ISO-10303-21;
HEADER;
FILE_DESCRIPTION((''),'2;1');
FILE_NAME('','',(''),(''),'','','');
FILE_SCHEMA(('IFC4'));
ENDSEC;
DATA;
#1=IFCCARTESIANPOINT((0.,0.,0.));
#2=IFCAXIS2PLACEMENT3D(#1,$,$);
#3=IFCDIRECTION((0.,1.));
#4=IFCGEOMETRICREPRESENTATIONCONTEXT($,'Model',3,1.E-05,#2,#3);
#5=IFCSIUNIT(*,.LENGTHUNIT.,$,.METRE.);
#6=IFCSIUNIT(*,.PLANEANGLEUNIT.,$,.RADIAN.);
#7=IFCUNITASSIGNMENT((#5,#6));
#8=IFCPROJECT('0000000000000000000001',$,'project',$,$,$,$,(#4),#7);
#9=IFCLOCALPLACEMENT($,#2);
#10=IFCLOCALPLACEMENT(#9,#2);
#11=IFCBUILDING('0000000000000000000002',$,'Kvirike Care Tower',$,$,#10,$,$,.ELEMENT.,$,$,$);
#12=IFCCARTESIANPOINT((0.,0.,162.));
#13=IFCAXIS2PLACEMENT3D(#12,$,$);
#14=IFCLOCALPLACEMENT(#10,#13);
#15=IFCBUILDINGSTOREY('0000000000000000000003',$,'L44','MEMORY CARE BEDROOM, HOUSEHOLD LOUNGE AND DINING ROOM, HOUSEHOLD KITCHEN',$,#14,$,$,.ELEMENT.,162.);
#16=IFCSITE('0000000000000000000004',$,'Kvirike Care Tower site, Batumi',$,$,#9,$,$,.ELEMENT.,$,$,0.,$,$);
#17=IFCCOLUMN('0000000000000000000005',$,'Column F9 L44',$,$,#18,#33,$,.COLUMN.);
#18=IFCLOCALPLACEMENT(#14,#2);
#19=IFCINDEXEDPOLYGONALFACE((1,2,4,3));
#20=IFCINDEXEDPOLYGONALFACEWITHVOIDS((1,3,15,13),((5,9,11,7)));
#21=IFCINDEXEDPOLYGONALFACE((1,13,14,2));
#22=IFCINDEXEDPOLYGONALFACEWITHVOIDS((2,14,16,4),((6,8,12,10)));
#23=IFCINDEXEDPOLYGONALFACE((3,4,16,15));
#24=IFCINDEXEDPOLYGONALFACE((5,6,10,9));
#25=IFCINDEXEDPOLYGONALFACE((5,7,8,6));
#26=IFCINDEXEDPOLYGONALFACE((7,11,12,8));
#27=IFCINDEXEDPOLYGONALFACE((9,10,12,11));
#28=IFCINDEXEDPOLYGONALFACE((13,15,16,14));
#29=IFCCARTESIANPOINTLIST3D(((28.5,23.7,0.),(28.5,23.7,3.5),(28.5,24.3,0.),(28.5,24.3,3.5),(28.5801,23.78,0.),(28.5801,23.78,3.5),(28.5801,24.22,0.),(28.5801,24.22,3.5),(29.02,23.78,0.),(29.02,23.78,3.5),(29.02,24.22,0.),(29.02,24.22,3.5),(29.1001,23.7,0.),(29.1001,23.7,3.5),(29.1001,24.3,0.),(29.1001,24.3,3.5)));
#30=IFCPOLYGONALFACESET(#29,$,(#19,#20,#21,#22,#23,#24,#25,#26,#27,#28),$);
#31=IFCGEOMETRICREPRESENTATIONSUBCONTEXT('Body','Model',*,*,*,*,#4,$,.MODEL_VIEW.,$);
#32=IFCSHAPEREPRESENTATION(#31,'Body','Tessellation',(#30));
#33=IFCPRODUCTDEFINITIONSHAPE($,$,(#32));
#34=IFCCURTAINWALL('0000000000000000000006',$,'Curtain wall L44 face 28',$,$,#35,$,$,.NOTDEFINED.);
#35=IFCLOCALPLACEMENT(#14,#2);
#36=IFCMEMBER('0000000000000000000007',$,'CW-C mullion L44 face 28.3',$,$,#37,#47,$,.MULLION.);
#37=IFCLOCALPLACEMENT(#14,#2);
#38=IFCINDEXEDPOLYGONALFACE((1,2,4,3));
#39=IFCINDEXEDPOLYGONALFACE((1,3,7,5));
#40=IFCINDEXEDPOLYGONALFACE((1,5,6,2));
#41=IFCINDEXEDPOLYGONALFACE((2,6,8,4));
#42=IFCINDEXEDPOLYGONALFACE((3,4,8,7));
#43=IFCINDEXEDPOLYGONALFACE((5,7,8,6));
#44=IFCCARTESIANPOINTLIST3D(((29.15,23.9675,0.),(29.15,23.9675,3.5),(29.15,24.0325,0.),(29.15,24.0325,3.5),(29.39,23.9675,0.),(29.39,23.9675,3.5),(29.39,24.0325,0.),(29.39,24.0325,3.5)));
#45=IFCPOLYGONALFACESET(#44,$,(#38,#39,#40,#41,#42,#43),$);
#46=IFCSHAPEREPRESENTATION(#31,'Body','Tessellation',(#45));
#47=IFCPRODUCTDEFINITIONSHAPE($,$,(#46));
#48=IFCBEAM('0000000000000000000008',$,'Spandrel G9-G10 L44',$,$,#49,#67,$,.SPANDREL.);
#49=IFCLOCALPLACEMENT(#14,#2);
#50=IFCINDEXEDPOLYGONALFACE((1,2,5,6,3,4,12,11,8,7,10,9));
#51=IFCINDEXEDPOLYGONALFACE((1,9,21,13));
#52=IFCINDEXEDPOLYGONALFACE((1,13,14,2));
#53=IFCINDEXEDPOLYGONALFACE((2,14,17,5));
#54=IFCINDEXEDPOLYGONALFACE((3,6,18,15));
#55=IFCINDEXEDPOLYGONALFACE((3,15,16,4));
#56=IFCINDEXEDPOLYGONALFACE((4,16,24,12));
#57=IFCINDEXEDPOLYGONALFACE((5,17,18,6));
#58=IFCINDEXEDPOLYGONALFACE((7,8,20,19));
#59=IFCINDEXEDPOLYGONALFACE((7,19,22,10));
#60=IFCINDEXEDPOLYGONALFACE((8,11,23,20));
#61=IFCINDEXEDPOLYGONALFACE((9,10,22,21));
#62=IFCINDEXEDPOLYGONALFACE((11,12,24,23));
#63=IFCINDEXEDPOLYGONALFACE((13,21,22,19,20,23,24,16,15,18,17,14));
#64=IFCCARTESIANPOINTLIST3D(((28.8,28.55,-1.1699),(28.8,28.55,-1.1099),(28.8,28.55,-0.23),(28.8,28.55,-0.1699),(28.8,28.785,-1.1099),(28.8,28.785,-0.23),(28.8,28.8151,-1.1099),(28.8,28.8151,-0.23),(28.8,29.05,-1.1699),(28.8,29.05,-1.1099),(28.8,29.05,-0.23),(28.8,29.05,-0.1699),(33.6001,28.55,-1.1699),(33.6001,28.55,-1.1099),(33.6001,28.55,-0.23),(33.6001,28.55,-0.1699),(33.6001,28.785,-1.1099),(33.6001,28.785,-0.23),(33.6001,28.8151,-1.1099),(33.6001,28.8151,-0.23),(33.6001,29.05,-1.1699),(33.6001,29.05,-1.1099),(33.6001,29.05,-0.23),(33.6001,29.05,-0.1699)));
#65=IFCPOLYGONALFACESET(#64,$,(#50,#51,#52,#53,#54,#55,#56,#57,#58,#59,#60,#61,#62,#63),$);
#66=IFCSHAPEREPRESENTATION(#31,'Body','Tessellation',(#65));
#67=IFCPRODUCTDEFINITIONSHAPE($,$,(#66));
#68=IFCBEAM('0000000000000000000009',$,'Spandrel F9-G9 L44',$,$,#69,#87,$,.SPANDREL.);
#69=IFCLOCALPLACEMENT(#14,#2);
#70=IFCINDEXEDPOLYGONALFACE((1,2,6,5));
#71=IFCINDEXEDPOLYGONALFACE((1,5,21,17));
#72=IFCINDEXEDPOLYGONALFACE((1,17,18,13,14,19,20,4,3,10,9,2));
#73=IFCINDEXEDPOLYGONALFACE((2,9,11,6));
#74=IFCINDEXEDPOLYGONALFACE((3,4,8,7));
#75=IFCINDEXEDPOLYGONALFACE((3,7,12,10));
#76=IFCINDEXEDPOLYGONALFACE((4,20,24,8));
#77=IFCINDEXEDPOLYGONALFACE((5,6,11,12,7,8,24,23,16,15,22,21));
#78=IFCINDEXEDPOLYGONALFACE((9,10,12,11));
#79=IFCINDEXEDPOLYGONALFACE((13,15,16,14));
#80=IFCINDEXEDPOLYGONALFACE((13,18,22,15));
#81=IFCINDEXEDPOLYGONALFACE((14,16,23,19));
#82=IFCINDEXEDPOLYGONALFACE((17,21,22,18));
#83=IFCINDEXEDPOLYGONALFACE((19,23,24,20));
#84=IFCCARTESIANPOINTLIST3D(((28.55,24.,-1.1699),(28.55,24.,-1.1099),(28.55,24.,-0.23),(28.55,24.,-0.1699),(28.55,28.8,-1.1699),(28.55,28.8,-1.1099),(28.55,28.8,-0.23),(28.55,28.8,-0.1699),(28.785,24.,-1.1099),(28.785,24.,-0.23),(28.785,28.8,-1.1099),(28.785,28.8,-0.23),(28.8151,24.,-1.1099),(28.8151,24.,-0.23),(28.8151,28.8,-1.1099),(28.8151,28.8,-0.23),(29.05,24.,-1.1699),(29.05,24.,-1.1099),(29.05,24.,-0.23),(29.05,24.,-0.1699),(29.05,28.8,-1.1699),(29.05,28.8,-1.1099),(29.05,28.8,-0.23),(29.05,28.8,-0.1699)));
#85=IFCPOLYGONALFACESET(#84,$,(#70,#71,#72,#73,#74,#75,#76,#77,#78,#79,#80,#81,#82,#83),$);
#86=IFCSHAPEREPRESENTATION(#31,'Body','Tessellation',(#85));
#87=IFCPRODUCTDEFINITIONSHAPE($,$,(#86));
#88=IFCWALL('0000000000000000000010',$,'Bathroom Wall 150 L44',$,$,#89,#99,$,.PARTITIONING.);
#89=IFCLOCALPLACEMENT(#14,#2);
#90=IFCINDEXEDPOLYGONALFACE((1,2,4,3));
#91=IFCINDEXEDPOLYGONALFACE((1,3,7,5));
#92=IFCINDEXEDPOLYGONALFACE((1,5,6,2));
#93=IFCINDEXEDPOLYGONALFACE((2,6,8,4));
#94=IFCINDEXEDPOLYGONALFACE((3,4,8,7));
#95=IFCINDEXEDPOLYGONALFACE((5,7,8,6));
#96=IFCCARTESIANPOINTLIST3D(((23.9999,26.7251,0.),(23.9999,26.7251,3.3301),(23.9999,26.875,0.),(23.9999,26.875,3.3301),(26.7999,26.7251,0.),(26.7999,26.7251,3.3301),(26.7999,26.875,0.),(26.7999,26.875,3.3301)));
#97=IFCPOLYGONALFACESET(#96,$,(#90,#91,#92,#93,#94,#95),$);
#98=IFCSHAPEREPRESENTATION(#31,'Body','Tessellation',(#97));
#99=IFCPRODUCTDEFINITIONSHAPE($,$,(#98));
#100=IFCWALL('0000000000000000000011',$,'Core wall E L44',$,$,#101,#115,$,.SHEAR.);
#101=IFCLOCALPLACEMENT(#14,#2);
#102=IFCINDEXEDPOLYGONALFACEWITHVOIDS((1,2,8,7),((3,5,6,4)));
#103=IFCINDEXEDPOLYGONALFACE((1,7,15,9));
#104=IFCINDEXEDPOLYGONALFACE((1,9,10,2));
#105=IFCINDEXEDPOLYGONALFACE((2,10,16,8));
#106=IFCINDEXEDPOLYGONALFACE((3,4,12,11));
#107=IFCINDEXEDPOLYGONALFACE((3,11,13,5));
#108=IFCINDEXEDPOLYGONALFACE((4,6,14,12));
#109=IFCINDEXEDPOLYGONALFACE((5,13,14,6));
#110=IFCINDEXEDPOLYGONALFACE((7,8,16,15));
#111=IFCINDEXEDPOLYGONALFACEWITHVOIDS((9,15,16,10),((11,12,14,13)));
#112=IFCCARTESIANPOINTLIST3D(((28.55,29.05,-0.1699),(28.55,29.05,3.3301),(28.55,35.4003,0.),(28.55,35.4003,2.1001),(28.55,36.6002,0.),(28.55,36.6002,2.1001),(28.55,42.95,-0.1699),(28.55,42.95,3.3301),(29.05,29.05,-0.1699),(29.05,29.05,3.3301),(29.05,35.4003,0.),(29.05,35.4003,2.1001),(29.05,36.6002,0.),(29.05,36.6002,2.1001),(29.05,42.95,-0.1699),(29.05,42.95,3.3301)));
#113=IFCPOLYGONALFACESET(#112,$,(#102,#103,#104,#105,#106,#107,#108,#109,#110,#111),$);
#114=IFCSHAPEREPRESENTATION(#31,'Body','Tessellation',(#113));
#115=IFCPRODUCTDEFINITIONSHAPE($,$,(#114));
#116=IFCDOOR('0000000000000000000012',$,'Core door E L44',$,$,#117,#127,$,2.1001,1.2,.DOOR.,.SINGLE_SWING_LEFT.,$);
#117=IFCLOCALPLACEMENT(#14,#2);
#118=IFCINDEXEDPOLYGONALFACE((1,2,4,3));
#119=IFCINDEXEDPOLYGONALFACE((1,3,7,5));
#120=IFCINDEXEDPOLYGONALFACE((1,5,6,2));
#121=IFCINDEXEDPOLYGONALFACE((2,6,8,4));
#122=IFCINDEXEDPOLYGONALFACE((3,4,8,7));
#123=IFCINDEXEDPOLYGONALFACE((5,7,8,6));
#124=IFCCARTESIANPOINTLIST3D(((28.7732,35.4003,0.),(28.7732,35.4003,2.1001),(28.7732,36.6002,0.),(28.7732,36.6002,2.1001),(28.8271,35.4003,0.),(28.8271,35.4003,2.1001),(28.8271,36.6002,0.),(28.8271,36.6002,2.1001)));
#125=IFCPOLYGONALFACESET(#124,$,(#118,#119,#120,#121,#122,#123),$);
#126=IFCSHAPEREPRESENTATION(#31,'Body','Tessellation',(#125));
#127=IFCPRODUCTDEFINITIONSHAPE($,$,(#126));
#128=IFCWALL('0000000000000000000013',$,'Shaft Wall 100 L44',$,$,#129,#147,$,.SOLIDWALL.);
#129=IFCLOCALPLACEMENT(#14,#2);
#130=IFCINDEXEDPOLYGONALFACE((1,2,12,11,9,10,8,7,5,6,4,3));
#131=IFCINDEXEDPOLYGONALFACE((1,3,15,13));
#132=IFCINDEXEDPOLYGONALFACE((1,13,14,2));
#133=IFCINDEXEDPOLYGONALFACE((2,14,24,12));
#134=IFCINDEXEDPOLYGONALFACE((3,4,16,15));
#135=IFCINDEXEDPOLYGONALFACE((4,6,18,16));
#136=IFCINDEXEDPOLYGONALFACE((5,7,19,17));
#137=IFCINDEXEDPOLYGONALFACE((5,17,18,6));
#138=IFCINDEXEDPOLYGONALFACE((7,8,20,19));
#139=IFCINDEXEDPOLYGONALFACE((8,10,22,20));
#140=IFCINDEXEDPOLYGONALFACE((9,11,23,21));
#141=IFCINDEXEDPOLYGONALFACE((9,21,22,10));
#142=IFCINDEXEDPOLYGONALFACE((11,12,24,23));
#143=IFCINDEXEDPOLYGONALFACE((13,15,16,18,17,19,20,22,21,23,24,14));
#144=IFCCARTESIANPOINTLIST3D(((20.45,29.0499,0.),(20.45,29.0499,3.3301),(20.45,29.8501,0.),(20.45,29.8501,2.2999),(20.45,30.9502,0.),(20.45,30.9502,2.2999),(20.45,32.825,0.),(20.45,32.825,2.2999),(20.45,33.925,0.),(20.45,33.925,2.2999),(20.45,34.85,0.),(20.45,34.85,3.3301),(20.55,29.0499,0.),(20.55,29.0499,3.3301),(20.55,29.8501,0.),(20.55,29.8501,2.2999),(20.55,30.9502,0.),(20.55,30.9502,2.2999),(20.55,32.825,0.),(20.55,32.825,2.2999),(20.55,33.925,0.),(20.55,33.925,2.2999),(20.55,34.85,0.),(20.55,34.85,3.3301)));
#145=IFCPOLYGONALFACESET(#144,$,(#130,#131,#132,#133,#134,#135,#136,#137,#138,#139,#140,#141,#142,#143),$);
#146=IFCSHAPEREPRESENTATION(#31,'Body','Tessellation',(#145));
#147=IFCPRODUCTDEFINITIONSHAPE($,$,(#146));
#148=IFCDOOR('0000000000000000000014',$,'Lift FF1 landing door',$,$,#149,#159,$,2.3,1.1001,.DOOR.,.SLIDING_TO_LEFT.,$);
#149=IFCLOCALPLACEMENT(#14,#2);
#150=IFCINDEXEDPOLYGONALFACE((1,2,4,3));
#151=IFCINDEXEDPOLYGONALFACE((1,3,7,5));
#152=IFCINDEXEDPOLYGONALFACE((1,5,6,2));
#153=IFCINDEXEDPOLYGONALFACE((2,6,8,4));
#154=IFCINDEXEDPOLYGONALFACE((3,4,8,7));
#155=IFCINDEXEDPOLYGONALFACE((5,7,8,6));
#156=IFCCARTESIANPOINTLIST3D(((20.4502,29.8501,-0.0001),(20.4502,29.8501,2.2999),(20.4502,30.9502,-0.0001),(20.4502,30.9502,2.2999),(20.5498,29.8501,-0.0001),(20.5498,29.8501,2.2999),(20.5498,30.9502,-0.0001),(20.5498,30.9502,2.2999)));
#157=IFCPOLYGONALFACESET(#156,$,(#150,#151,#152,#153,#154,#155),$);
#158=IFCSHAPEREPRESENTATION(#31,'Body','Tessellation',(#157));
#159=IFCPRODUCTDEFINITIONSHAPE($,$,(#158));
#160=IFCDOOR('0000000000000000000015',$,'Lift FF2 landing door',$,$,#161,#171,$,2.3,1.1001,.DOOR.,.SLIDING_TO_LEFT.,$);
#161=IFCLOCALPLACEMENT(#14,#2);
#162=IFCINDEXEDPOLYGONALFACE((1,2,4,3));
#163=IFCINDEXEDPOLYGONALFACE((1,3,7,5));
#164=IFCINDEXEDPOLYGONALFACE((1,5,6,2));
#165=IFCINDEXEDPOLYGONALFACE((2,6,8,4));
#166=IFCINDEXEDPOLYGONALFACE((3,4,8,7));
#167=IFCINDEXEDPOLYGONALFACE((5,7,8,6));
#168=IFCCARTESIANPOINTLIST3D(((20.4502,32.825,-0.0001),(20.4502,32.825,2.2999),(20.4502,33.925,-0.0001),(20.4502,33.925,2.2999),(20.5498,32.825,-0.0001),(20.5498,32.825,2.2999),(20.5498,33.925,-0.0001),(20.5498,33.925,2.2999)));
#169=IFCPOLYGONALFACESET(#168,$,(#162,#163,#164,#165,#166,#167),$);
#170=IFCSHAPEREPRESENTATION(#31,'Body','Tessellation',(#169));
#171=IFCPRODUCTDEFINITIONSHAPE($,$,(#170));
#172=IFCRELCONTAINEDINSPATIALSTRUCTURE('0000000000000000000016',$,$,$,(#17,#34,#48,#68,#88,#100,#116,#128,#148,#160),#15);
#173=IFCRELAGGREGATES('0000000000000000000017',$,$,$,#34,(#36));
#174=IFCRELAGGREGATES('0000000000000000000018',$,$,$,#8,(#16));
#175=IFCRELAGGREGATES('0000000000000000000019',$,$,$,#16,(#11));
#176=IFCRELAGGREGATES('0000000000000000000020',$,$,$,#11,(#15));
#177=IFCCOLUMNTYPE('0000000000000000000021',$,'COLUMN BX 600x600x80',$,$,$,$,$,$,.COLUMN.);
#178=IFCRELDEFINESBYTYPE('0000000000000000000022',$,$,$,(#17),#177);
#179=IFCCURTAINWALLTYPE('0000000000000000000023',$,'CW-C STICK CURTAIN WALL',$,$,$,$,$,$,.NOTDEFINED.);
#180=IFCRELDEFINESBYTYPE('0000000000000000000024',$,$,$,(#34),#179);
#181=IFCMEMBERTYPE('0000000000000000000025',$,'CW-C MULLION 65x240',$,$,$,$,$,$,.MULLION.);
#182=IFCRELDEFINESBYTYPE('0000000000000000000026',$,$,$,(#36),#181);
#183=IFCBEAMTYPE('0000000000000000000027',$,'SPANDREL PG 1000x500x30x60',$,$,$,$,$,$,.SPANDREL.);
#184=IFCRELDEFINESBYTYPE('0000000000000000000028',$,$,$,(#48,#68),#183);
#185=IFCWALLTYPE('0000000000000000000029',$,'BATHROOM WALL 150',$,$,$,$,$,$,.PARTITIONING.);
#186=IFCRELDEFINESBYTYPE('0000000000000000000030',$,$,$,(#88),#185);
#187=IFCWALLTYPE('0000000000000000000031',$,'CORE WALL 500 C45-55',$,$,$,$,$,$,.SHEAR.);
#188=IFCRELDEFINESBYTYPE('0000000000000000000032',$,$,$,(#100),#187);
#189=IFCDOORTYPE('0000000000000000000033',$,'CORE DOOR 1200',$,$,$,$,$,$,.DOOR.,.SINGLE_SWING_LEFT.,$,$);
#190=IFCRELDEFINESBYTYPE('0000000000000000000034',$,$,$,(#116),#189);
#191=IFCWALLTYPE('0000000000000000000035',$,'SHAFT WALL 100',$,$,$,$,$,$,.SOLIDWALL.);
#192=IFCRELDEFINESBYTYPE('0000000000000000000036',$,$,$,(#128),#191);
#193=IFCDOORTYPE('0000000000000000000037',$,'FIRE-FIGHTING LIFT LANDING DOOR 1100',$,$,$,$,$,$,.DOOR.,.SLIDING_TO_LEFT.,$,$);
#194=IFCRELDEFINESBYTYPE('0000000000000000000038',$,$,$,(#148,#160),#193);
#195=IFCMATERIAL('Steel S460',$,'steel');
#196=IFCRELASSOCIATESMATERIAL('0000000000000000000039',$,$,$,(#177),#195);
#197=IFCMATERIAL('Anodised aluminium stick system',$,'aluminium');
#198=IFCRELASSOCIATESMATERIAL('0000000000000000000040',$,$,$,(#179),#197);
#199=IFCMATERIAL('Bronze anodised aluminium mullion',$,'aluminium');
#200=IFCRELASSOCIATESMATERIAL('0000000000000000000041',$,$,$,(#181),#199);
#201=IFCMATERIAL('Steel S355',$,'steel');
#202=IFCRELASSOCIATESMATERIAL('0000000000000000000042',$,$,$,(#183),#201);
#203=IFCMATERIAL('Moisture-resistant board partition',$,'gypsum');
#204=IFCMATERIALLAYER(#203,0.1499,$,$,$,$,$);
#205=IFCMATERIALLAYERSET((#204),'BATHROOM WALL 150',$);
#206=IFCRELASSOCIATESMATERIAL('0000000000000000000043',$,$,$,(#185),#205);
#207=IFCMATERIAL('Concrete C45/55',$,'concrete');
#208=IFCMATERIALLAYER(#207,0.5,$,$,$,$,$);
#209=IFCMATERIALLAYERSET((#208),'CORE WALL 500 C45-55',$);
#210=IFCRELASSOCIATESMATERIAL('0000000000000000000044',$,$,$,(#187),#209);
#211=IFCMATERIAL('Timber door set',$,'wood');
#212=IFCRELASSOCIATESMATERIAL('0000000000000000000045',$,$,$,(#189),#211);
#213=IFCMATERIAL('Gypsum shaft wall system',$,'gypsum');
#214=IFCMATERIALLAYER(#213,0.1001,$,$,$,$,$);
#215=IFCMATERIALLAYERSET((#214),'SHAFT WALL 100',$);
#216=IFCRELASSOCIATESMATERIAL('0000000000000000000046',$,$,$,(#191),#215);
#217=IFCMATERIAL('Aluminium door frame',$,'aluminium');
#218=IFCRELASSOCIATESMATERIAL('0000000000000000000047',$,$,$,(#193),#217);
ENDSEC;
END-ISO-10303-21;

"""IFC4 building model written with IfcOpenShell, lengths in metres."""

from ifc_helpers import new_model, si_unit, direction, frame, frame_2d, origin, origin_2d, place, context, subcontext, project, spatial, rectangle, hollow_rectangle, i_section, extrude, material, layer, layer_set, material_profile, profile_set, type_object, element, fill, aggregate, save


model = new_model("IFC4")

# Units and contexts
model_context = context("Model", 3, precision=1e-05, world=origin(), true_north=direction((0.0, 1.0)))
body_context = subcontext(model_context, "Body", "Model", "MODEL_VIEW")
ifc_project = project(units=[si_unit("LENGTHUNIT", "METRE"), si_unit("PLANEANGLEUNIT", "RADIAN")], contexts=[model_context])

# Site, building, storey
site_placement = place(None, origin())
site = spatial("IfcSite", under=ifc_project, at=site_placement, Name="Kvirike Care Tower site, Batumi", CompositionType="ELEMENT", RefElevation=0.0)
building_placement = place(site_placement, origin())
building = spatial("IfcBuilding", under=site, at=building_placement, Name="Kvirike Care Tower", CompositionType="ELEMENT")
storey_placement = place(building_placement, frame((0.0, 0.0, 162.0)))
storey = spatial("IfcBuildingStorey", under=building, at=storey_placement, Name="L44", Description="MEMORY CARE BEDROOM, HOUSEHOLD LOUNGE AND DINING ROOM, HOUSEHOLD KITCHEN", CompositionType="ELEMENT", Elevation=162.0)

# Column
ifc_material_1 = material(Name="Steel S460", Category="steel")
ifc_material_profile_1 = material_profile(ifc_material_1, hollow_rectangle(XDim=0.6001, YDim=0.6001, WallThickness=0.0801, at=origin_2d()), Name="BX 600x600x80")
ifc_profile_set_1 = profile_set([ifc_material_profile_1], Name="Steel S460")
column_type = type_object("IfcColumnType", Name="COLUMN BX 600x600x80", PredefinedType="COLUMN", material=ifc_profile_set_1)
column_placement = place(storey_placement, frame((28.8, 24.0, 0.0), z_axis=(0.0, 0.0, 1.0), x_axis=(1.0, 0.0, 0.0)))
element("IfcColumn", 1, at=column_placement, inside=storey, type_object=column_type, Name="Column F9 L44", PredefinedType="COLUMN", context=body_context, shape_type="SweptSolid", body=[
    extrude(hollow_rectangle(XDim=0.6001, YDim=0.6001, WallThickness=0.0801, at=origin_2d()), origin(), (0.0, 0.0, 1.0), 3.5),
])

# Curtain wall, member
ifc_material_2 = material(Name="Anodised aluminium stick system", Category="aluminium")
curtain_wall_type = type_object("IfcCurtainWallType", Name="CW-C STICK CURTAIN WALL", PredefinedType="NOTDEFINED", material=ifc_material_2)
curtain_wall_placement = place(storey_placement, origin())
curtain_wall = element("IfcCurtainWall", 2, at=curtain_wall_placement, inside=storey, type_object=curtain_wall_type, Name="Curtain wall L44 face 28", PredefinedType="NOTDEFINED")
ifc_material_3 = material(Name="Bronze anodised aluminium mullion", Category="aluminium")
ifc_material_profile_2 = material_profile(ifc_material_3, rectangle(XDim=0.0649, YDim=0.24, at=origin_2d()), Name="CW-C MULLION 65x240")
ifc_profile_set_2 = profile_set([ifc_material_profile_2], Name="Bronze anodised aluminium mullion")
member_type = type_object("IfcMemberType", Name="CW-C MULLION 65x240", PredefinedType="MULLION", material=ifc_profile_set_2)
member_placement = place(storey_placement, frame((29.27, 24.0, 0.0), z_axis=(0.0, 0.0, 1.0), x_axis=(0.0, 1.0, 0.0)))
member = element("IfcMember", 3, at=member_placement, type_object=member_type, Name="CW-C mullion L44 face 28.3", PredefinedType="MULLION", context=body_context, shape_type="SweptSolid", body=[
    extrude(rectangle(XDim=0.0649, YDim=0.24, at=origin_2d()), origin(), (0.0, 0.0, 1.0), 3.5),
])
aggregate(curtain_wall, [member])

# Beams
ifc_material_4 = material(Name="Steel S355", Category="steel")
ifc_material_profile_3 = material_profile(ifc_material_4, i_section(OverallWidth=0.5, OverallDepth=1.0, WebThickness=0.03, FlangeThickness=0.0601, at=origin_2d()), Name="PG 1000x500x30x60")
ifc_profile_set_3 = profile_set([ifc_material_profile_3], Name="Steel S355")
beam_type = type_object("IfcBeamType", Name="SPANDREL PG 1000x500x30x60", PredefinedType="SPANDREL", material=ifc_profile_set_3)
for number, where, z_axis, x_axis, name in (
    (4, (28.8, 28.8, -0.6699), (1.0, 0.0, 0.0), (0.0, 1.0, 0.0), "Spandrel G9-G10 L44"),
    (5, (28.8, 24.0, -0.6699), (0.0, 1.0, 0.0), (-1.0, 0.0, 0.0), "Spandrel F9-G9 L44"),
):
    element("IfcBeam", number, at=place(storey_placement, frame(where, z_axis=z_axis, x_axis=x_axis)), inside=storey, type_object=beam_type, Name=name, PredefinedType="SPANDREL", context=body_context, shape_type="SweptSolid", body=[
        extrude(i_section(OverallWidth=0.5, OverallDepth=1.0, WebThickness=0.03, FlangeThickness=0.0601, at=origin_2d()), origin(), (0.0, 0.0, 1.0), 4.8),
    ])

# Wall
ifc_material_5 = material(Name="Moisture-resistant board partition", Category="gypsum")
ifc_layer_1 = layer(ifc_material_5, 0.1499)
ifc_layer_set_1 = layer_set([ifc_layer_1], Name="BATHROOM WALL 150")
wall_type_1 = type_object("IfcWallType", Name="BATHROOM WALL 150", PredefinedType="PARTITIONING", material=ifc_layer_set_1)
wall_1_placement = place(storey_placement, frame((24.0, 26.8, 0.0), z_axis=(0.0, 0.0, 1.0), x_axis=(1.0, 0.0, 0.0)))
element("IfcWall", 6, at=wall_1_placement, inside=storey, type_object=wall_type_1, Name="Bathroom Wall 150 L44", PredefinedType="PARTITIONING", context=body_context, shape_type="SweptSolid", body=[
    extrude(rectangle(XDim=2.8, YDim=0.1499, at=frame_2d((1.3999, 0.0))), origin(), (0.0, 0.0, 1.0), 3.3301),
])

# Wall, opening, door
ifc_material_6 = material(Name="Concrete C45/55", Category="concrete")
ifc_layer_2 = layer(ifc_material_6, 0.5)
ifc_layer_set_2 = layer_set([ifc_layer_2], Name="CORE WALL 500 C45-55")
wall_type_2 = type_object("IfcWallType", Name="CORE WALL 500 C45-55", PredefinedType="SHEAR", material=ifc_layer_set_2)
wall_2_placement = place(storey_placement, frame((28.8, 29.05, -0.1699), z_axis=(0.0, 0.0, 1.0), x_axis=(0.0, 1.0, 0.0)))
wall_2 = element("IfcWall", 7, at=wall_2_placement, inside=storey, type_object=wall_type_2, Name="Core wall E L44", PredefinedType="SHEAR", context=body_context, shape_type="SweptSolid", body=[
    extrude(rectangle(XDim=13.8999, YDim=0.5, at=frame_2d((6.95, 0.0))), origin(), (0.0, 0.0, 1.0), 3.5),
])
opening_1_placement = place(wall_2_placement, frame((6.3501, 0.0, 0.1699)))
opening_1 = element("IfcOpeningElement", 8, at=opening_1_placement, cuts=wall_2, PredefinedType="OPENING", context=body_context, shape_type="SweptSolid", body=[
    extrude(rectangle(XDim=1.2, YDim=2.1001, at=frame_2d((0.6001, 1.05))), frame((0.0, 0.2605, 0.0), z_axis=(0.0, -1.0, 0.0), x_axis=(1.0, 0.0, 0.0)), (0.0, 0.0, 1.0), 0.521),
])
ifc_material_7 = material(Name="Timber door set", Category="wood")
door_type_1 = type_object("IfcDoorType", Name="CORE DOOR 1200", OperationType="SINGLE_SWING_LEFT", PredefinedType="DOOR", material=ifc_material_7)
door_1_placement = place(opening_1_placement, origin())
door_1 = element("IfcDoor", 9, at=door_1_placement, inside=storey, type_object=door_type_1, Name="Core door E L44", OperationType="SINGLE_SWING_LEFT", OverallHeight=2.1001, OverallWidth=1.2, PredefinedType="DOOR", context=body_context, shape_type="SweptSolid", body=[
    extrude(rectangle(XDim=1.2, YDim=2.1001, at=frame_2d((0.6001, 1.05))), frame((0.0, 0.0269, 0.0), z_axis=(0.0, -1.0, 0.0), x_axis=(1.0, 0.0, 0.0)), (0.0, 0.0, 1.0), 0.054),
])
fill(opening_1, door_1)

# Wall, openings, doors
ifc_material_8 = material(Name="Gypsum shaft wall system", Category="gypsum")
ifc_layer_3 = layer(ifc_material_8, 0.1001)
ifc_layer_set_3 = layer_set([ifc_layer_3], Name="SHAFT WALL 100")
wall_type_3 = type_object("IfcWallType", Name="SHAFT WALL 100", PredefinedType="SOLIDWALL", material=ifc_layer_set_3)
wall_3_placement = place(storey_placement, frame((20.5, 29.05, 0.0), z_axis=(0.0, 0.0, 1.0), x_axis=(0.0, 1.0, 0.0)))
wall_3 = element("IfcWall", 10, at=wall_3_placement, inside=storey, type_object=wall_type_3, Name="Shaft Wall 100 L44", PredefinedType="SOLIDWALL", context=body_context, shape_type="SweptSolid", body=[
    extrude(rectangle(XDim=5.8, YDim=0.1001, at=frame_2d((2.8999, 0.0))), origin(), (0.0, 0.0, 1.0), 3.3301),
])
opening_2_placement = place(wall_3_placement, frame((0.8, 0.0, 0.0)))
opening_2 = element("IfcOpeningElement", 11, at=opening_2_placement, cuts=wall_3, PredefinedType="OPENING", context=body_context, shape_type="SweptSolid", body=[
    extrude(rectangle(XDim=1.1001, YDim=2.3, at=frame_2d((0.55, 1.1499))), frame((0.0, 0.0605, 0.0), z_axis=(0.0, -1.0, 0.0), x_axis=(1.0, 0.0, 0.0)), (0.0, 0.0, 1.0), 0.1211),
])
opening_3_placement = place(wall_3_placement, frame((3.7749, 0.0, 0.0)))
opening_3 = element("IfcOpeningElement", 12, at=opening_3_placement, cuts=wall_3, PredefinedType="OPENING", context=body_context, shape_type="SweptSolid", body=[
    extrude(rectangle(XDim=1.1001, YDim=2.3, at=frame_2d((0.55, 1.1499))), frame((0.0, 0.0605, 0.0), z_axis=(0.0, -1.0, 0.0), x_axis=(1.0, 0.0, 0.0)), (0.0, 0.0, 1.0), 0.1211),
])
ifc_material_9 = material(Name="Aluminium door frame", Category="aluminium")
door_type_2 = type_object("IfcDoorType", Name="FIRE-FIGHTING LIFT LANDING DOOR 1100", OperationType="SLIDING_TO_LEFT", PredefinedType="DOOR", material=ifc_material_9)
door_2_placement = place(opening_2_placement, origin())
door_2 = element("IfcDoor", 13, at=door_2_placement, inside=storey, type_object=door_type_2, Name="Lift FF1 landing door", OperationType="SLIDING_TO_LEFT", OverallHeight=2.3, OverallWidth=1.1001, PredefinedType="DOOR", context=body_context, shape_type="SweptSolid", body=[
    extrude(rectangle(XDim=1.1001, YDim=2.3, at=frame_2d((0.55, 1.1499))), frame((0.0, 0.0498, 0.0), z_axis=(0.0, -1.0, 0.0), x_axis=(1.0, 0.0, 0.0)), (0.0, 0.0, 1.0), 0.0996),
])
fill(opening_2, door_2)
door_3_placement = place(opening_3_placement, origin())
door_3 = element("IfcDoor", 14, at=door_3_placement, inside=storey, type_object=door_type_2, Name="Lift FF2 landing door", OperationType="SLIDING_TO_LEFT", OverallHeight=2.3, OverallWidth=1.1001, PredefinedType="DOOR", context=body_context, shape_type="SweptSolid", body=[
    extrude(rectangle(XDim=1.1001, YDim=2.3, at=frame_2d((0.55, 1.1499))), frame((0.0, 0.0498, 0.0), z_axis=(0.0, -1.0, 0.0), x_axis=(1.0, 0.0, 0.0)), (0.0, 0.0, 1.0), 0.0996),
])
fill(opening_3, door_3)

save(model, "model.ifc")
